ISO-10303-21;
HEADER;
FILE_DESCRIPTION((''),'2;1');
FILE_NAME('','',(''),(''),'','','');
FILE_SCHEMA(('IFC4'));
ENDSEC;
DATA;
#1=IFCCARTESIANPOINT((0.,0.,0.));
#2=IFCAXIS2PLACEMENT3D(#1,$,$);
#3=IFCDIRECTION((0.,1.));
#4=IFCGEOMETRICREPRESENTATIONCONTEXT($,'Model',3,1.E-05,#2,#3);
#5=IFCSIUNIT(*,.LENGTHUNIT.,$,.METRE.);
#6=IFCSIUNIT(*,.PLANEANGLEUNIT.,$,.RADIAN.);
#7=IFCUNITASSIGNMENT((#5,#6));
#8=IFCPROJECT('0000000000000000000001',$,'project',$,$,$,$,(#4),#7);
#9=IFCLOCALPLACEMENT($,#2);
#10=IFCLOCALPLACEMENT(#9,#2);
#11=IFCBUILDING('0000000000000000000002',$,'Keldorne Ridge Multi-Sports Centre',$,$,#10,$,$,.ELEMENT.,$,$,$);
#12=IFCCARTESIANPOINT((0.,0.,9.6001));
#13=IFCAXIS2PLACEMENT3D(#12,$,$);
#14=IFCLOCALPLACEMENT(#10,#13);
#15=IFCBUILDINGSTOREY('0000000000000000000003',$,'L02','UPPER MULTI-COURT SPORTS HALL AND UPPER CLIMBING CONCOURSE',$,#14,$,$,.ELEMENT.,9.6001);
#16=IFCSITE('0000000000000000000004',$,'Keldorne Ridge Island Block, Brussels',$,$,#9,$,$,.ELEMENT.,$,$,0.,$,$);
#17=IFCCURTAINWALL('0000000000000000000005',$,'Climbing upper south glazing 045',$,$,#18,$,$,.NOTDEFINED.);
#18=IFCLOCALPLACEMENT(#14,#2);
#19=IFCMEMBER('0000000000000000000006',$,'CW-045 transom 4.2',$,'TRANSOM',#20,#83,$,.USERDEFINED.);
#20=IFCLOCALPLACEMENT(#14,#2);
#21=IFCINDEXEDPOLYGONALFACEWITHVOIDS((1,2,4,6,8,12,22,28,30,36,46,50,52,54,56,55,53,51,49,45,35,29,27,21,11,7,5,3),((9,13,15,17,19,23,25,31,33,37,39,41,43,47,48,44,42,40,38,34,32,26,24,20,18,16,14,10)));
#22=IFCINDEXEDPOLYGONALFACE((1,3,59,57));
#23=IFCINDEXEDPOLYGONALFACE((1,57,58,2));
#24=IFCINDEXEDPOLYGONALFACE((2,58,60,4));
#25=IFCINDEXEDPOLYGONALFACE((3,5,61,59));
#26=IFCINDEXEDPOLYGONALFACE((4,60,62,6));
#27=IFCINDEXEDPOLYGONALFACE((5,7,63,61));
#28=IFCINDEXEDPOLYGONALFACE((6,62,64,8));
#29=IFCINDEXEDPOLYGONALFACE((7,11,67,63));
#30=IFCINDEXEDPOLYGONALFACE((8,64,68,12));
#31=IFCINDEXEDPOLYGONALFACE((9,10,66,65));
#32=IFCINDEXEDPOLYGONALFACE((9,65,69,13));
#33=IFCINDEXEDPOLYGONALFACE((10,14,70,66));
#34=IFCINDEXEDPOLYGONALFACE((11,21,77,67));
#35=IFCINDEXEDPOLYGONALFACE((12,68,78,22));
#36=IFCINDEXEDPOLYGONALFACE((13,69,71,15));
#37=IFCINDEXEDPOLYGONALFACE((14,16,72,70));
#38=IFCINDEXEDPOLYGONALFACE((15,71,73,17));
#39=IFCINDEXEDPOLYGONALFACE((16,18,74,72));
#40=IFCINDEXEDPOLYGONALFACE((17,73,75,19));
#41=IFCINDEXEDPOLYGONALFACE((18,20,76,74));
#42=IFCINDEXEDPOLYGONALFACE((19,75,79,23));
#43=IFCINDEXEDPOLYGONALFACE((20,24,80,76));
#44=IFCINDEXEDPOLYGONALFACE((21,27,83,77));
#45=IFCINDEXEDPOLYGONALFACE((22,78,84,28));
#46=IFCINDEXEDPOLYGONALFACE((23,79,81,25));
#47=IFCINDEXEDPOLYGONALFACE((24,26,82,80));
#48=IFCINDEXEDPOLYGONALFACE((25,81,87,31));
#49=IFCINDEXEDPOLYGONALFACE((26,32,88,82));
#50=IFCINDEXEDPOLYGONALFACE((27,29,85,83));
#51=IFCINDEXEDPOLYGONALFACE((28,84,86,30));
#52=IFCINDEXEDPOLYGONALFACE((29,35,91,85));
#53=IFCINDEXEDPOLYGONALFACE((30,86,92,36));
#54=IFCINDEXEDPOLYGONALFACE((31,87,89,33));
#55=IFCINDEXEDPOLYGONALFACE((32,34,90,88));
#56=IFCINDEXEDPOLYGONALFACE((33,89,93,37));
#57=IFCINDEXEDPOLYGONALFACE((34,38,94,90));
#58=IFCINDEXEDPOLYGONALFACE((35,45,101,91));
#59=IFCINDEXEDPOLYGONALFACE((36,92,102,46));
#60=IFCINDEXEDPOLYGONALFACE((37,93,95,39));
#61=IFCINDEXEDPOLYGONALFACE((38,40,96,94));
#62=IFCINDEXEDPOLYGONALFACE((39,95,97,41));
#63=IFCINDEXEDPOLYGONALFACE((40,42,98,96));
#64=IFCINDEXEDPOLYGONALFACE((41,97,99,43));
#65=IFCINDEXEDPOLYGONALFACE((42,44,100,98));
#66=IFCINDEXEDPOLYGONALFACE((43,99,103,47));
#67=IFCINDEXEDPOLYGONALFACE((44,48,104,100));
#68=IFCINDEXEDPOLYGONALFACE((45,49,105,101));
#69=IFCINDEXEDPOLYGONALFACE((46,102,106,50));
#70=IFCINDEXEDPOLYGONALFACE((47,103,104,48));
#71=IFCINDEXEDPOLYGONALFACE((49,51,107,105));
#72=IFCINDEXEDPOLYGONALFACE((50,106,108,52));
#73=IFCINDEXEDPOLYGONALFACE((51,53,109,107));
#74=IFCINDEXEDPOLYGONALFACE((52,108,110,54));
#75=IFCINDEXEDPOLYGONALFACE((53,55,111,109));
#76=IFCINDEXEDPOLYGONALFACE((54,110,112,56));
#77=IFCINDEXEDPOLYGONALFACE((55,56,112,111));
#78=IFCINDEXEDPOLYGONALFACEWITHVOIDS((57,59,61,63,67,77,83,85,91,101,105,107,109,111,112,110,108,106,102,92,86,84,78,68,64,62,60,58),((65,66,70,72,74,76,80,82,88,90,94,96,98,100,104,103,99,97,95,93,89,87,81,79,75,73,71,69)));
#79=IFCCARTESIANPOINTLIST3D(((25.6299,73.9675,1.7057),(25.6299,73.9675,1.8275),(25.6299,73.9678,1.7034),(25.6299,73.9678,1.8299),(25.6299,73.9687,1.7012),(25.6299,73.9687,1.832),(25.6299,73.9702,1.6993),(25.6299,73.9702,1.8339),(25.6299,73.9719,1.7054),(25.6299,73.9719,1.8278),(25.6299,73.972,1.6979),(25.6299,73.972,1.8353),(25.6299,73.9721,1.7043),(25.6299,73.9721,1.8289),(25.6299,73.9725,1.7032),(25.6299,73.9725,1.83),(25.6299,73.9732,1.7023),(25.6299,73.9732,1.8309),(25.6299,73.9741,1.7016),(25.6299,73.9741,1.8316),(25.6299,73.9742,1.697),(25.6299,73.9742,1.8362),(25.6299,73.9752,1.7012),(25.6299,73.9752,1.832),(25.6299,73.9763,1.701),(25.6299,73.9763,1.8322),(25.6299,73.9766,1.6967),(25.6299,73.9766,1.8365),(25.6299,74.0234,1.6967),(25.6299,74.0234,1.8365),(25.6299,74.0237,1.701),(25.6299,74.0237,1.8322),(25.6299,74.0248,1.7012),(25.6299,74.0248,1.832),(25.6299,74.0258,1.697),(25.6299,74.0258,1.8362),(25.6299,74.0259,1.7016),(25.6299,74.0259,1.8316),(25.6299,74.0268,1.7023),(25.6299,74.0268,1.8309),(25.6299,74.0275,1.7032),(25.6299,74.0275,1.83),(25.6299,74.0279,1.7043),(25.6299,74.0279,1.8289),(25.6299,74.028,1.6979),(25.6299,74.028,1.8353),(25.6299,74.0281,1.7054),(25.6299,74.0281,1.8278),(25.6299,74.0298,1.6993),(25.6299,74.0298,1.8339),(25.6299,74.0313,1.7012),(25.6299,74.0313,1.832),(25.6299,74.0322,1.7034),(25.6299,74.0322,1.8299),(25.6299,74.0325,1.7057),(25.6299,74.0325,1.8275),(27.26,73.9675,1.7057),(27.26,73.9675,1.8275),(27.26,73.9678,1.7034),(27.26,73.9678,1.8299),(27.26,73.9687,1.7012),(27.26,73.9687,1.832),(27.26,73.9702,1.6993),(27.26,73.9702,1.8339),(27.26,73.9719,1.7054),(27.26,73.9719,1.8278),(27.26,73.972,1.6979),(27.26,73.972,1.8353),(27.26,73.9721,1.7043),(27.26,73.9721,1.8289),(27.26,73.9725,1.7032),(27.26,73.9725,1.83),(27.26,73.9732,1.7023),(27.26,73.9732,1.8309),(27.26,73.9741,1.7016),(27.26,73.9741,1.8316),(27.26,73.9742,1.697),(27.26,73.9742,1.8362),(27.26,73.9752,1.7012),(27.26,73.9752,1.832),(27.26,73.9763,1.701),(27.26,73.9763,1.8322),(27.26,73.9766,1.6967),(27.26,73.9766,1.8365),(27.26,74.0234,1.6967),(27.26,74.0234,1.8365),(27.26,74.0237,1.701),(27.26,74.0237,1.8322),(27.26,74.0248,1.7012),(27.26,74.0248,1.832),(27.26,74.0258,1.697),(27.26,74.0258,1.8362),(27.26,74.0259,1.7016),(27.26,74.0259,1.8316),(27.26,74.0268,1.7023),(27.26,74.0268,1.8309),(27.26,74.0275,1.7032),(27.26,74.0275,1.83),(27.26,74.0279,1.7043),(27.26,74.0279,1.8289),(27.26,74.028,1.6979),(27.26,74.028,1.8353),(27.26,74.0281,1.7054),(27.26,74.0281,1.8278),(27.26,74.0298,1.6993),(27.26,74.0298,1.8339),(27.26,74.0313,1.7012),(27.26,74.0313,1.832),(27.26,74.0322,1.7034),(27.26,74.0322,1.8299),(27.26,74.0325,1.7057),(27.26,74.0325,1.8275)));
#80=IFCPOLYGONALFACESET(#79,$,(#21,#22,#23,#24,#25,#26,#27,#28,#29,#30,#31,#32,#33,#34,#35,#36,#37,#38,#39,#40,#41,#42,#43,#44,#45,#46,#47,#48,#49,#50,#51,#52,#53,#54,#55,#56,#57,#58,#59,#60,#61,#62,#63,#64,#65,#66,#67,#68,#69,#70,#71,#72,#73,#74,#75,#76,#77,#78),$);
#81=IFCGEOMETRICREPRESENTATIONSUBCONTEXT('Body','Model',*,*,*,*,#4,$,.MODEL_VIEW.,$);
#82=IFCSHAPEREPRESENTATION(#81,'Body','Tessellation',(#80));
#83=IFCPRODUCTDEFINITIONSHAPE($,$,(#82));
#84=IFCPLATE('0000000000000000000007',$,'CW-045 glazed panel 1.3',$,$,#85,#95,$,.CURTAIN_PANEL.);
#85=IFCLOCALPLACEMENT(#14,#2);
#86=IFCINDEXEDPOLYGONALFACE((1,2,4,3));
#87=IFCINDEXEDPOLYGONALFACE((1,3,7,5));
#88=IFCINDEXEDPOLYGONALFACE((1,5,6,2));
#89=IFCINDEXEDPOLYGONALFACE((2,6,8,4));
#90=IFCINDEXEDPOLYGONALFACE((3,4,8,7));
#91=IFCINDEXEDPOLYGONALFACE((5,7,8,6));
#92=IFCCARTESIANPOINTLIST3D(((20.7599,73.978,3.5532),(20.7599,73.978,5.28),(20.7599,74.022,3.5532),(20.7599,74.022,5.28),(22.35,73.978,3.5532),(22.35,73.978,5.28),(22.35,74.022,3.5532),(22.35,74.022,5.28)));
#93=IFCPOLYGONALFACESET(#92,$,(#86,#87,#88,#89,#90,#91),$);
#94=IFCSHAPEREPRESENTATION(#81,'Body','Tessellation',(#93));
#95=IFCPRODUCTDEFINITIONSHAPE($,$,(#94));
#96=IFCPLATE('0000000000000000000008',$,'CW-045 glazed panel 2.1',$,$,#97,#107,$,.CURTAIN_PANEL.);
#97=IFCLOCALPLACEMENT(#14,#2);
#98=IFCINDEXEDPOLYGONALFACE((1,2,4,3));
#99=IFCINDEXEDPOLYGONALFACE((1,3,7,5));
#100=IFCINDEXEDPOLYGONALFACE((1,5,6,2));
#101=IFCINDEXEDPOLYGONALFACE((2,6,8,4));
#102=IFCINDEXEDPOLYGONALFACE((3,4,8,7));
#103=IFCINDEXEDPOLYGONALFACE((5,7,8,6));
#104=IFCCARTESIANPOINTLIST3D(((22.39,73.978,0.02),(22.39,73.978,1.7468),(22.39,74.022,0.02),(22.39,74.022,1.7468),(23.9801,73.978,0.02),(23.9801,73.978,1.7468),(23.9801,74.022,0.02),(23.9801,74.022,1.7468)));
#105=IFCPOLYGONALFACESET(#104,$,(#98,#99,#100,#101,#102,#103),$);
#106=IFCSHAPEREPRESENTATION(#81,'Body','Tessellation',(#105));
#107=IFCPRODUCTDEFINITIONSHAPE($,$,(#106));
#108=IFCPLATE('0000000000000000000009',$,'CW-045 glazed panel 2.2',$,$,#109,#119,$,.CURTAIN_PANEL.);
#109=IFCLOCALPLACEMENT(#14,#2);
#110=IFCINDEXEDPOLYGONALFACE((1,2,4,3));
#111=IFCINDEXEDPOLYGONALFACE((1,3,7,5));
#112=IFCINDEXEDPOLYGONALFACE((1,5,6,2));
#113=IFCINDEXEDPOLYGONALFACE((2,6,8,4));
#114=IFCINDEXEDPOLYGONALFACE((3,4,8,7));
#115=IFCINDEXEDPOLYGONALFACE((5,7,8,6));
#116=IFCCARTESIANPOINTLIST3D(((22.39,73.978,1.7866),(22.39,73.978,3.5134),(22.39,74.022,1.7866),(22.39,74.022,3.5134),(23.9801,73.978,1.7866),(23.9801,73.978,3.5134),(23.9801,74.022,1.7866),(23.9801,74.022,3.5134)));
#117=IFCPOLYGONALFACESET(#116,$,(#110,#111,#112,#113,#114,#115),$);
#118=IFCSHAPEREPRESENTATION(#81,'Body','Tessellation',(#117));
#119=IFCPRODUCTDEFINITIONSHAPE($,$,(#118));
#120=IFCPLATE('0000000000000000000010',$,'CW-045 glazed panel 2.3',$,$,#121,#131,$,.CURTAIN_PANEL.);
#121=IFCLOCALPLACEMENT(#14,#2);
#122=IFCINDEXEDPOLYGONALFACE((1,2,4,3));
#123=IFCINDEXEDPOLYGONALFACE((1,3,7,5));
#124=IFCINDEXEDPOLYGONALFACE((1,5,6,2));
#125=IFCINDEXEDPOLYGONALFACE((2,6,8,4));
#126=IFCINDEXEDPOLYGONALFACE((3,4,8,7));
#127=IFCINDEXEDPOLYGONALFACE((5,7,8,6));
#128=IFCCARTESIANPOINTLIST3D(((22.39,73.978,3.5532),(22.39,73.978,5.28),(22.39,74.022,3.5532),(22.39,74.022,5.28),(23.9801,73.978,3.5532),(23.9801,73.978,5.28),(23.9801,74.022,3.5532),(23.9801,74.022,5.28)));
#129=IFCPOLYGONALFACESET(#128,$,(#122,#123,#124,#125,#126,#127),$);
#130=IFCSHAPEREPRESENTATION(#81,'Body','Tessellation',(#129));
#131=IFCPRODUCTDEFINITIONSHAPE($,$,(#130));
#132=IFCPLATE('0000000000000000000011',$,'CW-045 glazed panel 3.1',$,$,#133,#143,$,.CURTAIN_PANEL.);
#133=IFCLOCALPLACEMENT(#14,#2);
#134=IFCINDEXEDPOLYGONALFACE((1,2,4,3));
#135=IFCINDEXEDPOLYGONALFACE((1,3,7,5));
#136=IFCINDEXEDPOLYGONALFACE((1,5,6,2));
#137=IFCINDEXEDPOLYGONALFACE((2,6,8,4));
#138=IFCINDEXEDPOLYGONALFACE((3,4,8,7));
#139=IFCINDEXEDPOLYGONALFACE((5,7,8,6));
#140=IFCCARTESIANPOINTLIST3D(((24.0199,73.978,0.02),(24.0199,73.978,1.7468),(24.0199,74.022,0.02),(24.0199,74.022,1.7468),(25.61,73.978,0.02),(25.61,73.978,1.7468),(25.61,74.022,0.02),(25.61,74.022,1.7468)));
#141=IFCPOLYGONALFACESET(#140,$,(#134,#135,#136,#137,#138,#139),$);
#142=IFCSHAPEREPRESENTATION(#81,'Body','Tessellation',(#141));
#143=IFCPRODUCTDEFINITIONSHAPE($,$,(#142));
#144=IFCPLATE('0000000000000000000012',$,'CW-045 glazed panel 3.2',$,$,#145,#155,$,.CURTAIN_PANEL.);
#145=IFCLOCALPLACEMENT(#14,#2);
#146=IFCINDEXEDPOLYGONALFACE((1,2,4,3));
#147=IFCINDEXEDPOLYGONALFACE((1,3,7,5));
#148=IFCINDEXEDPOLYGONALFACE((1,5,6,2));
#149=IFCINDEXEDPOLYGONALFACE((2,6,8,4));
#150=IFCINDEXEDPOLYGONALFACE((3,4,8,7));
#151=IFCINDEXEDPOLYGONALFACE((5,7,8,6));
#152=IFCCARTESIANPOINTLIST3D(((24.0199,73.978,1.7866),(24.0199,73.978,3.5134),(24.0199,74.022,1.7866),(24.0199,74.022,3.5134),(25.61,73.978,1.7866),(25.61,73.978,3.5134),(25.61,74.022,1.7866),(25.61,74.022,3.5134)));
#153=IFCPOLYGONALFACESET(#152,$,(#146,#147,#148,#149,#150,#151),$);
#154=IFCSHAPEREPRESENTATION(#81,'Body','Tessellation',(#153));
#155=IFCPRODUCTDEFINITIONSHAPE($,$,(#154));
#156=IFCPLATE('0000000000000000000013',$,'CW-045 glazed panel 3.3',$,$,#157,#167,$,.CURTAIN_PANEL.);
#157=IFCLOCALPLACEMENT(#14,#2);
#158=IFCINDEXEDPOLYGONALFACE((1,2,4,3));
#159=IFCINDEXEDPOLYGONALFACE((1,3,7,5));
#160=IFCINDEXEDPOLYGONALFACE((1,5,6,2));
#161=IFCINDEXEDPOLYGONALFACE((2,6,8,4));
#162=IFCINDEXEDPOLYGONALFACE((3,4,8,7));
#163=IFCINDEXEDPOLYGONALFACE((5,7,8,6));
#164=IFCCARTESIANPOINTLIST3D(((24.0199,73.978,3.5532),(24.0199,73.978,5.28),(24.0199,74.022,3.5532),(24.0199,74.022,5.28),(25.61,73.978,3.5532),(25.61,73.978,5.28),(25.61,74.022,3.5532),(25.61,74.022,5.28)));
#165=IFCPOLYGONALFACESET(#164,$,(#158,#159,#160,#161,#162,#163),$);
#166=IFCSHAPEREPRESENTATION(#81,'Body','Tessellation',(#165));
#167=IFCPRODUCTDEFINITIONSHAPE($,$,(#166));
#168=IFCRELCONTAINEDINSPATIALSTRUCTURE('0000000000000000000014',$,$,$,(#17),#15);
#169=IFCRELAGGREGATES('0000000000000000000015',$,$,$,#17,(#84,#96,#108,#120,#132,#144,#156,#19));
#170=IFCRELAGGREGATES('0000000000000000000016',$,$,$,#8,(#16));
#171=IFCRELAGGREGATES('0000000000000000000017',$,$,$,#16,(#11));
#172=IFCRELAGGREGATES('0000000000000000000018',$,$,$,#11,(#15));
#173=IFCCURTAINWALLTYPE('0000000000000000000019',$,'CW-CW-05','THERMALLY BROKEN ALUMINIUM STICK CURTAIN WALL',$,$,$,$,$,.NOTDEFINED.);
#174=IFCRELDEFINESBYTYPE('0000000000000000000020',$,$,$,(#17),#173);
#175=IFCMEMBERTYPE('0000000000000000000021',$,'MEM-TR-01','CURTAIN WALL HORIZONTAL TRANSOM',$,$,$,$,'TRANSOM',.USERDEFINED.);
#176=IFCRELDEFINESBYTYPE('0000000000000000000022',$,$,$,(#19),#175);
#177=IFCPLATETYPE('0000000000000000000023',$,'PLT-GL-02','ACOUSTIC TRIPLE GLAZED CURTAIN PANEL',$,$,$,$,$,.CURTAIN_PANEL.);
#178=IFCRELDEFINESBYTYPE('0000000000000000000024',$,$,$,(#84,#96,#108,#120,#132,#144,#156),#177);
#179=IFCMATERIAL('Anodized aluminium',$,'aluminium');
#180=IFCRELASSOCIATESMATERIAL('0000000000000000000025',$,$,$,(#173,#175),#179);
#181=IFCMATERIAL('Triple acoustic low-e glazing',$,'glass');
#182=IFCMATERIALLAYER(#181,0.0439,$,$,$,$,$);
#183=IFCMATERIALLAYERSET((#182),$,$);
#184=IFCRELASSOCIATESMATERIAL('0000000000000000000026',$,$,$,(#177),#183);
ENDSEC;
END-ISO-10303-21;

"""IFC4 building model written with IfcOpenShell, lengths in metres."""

from ifc_helpers import new_model, si_unit, direction, frame, origin, origin_2d, place, context, subcontext, project, spatial, rectangle, hollow_rectangle, extrude, material, layer, layer_set, material_profile, profile_set, type_object, element, aggregate, save


model = new_model("IFC4")

# Units and contexts
model_context = context("Model", 3, precision=1e-05, world=origin(), true_north=direction((0.0, 1.0)))
body_context = subcontext(model_context, "Body", "Model", "MODEL_VIEW")
ifc_project = project(units=[si_unit("LENGTHUNIT", "METRE"), si_unit("PLANEANGLEUNIT", "RADIAN")], contexts=[model_context])

# Site, building, storey
site_placement = place(None, origin())
site = spatial("IfcSite", under=ifc_project, at=site_placement, Name="Keldorne Ridge Island Block, Brussels", CompositionType="ELEMENT", RefElevation=0.0)
building_placement = place(site_placement, origin())
building = spatial("IfcBuilding", under=site, at=building_placement, Name="Keldorne Ridge Multi-Sports Centre", CompositionType="ELEMENT")
storey_placement = place(building_placement, frame((0.0, 0.0, 9.6001)))
storey = spatial("IfcBuildingStorey", under=building, at=storey_placement, Name="L02", Description="UPPER MULTI-COURT SPORTS HALL AND UPPER CLIMBING CONCOURSE", CompositionType="ELEMENT", Elevation=9.6001)

# Curtain wall
ifc_material_1 = material(Name="Anodized aluminium", Category="aluminium")
curtain_wall_type = type_object("IfcCurtainWallType", Name="CW-CW-05", Description="THERMALLY BROKEN ALUMINIUM STICK CURTAIN WALL", PredefinedType="NOTDEFINED", material=ifc_material_1)
curtain_wall_placement = place(storey_placement, origin())
curtain_wall = element("IfcCurtainWall", 1, at=curtain_wall_placement, inside=storey, type_object=curtain_wall_type, Name="Climbing upper south glazing 045", PredefinedType="NOTDEFINED")

# Member
ifc_material_profile_1 = material_profile(ifc_material_1, hollow_rectangle(XDim=0.0649, YDim=0.1399, WallThickness=0.0044, InnerFilletRadius=0.0044, OuterFilletRadius=0.009, at=origin_2d()), Name="ALU TRANSOM 140x65x4.5")
ifc_profile_set_1 = profile_set([ifc_material_profile_1], Name="Anodized aluminium")
member_type_1 = type_object("IfcMemberType", Name="MEM-TR-01", Description="CURTAIN WALL HORIZONTAL TRANSOM", ElementType="TRANSOM", PredefinedType="USERDEFINED", material=ifc_profile_set_1)
member_1_placement = place(storey_placement, frame((25.6299, 74.0, 1.7666), z_axis=(1.0, 0.0, 0.0), x_axis=(0.0, 1.0, 0.0)))
member_1 = element("IfcMember", 2, at=member_1_placement, type_object=member_type_1, Name="CW-045 transom 4.2", ObjectType="TRANSOM", PredefinedType="USERDEFINED", context=body_context, shape_type="SweptSolid", body=[
    extrude(hollow_rectangle(XDim=0.0649, YDim=0.1399, WallThickness=0.0044, InnerFilletRadius=0.0044, OuterFilletRadius=0.009, at=origin_2d()), origin(), (0.0, 0.0, 1.0), 1.6301),
])

# Plates
ifc_material_2 = material(Name="Triple acoustic low-e glazing", Category="glass")
ifc_layer = layer(ifc_material_2, 0.0439)
ifc_layer_set = layer_set([ifc_layer])
plate_type = type_object("IfcPlateType", Name="PLT-GL-02", Description="ACOUSTIC TRIPLE GLAZED CURTAIN PANEL", PredefinedType="CURTAIN_PANEL", material=ifc_layer_set)
plate_1_placement = place(storey_placement, frame((21.5549, 74.0, 3.5532), z_axis=(0.0, 0.0, 1.0), x_axis=(1.0, 0.0, 0.0)))
plate_1 = element("IfcPlate", 3, at=plate_1_placement, type_object=plate_type, Name="CW-045 glazed panel 1.3", PredefinedType="CURTAIN_PANEL", context=body_context, shape_type="SweptSolid", body=[
    extrude(rectangle(XDim=1.5901, YDim=0.0439, at=origin_2d()), origin(), (0.0, 0.0, 1.0), 1.7268),
])
plate_2_placement = place(storey_placement, frame((23.1851, 74.0, 0.02), z_axis=(0.0, 0.0, 1.0), x_axis=(1.0, 0.0, 0.0)))
plate_2 = element("IfcPlate", 4, at=plate_2_placement, type_object=plate_type, Name="CW-045 glazed panel 2.1", PredefinedType="CURTAIN_PANEL", context=body_context, shape_type="SweptSolid", body=[
    extrude(rectangle(XDim=1.5901, YDim=0.0439, at=origin_2d()), origin(), (0.0, 0.0, 1.0), 1.7268),
])
plate_3_placement = place(storey_placement, frame((23.1851, 74.0, 1.7866), z_axis=(0.0, 0.0, 1.0), x_axis=(1.0, 0.0, 0.0)))
plate_3 = element("IfcPlate", 5, at=plate_3_placement, type_object=plate_type, Name="CW-045 glazed panel 2.2", PredefinedType="CURTAIN_PANEL", context=body_context, shape_type="SweptSolid", body=[
    extrude(rectangle(XDim=1.5901, YDim=0.0439, at=origin_2d()), origin(), (0.0, 0.0, 1.0), 1.7268),
])
plate_4_placement = place(storey_placement, frame((23.1851, 74.0, 3.5532), z_axis=(0.0, 0.0, 1.0), x_axis=(1.0, 0.0, 0.0)))
plate_4 = element("IfcPlate", 6, at=plate_4_placement, type_object=plate_type, Name="CW-045 glazed panel 2.3", PredefinedType="CURTAIN_PANEL", context=body_context, shape_type="SweptSolid", body=[
    extrude(rectangle(XDim=1.5901, YDim=0.0439, at=origin_2d()), origin(), (0.0, 0.0, 1.0), 1.7268),
])
plate_5_placement = place(storey_placement, frame((24.8149, 74.0, 0.02), z_axis=(0.0, 0.0, 1.0), x_axis=(1.0, 0.0, 0.0)))
plate_5 = element("IfcPlate", 7, at=plate_5_placement, type_object=plate_type, Name="CW-045 glazed panel 3.1", PredefinedType="CURTAIN_PANEL", context=body_context, shape_type="SweptSolid", body=[
    extrude(rectangle(XDim=1.5901, YDim=0.0439, at=origin_2d()), origin(), (0.0, 0.0, 1.0), 1.7268),
])
plate_6_placement = place(storey_placement, frame((24.8149, 74.0, 1.7866), z_axis=(0.0, 0.0, 1.0), x_axis=(1.0, 0.0, 0.0)))
plate_6 = element("IfcPlate", 8, at=plate_6_placement, type_object=plate_type, Name="CW-045 glazed panel 3.2", PredefinedType="CURTAIN_PANEL", context=body_context, shape_type="SweptSolid", body=[
    extrude(rectangle(XDim=1.5901, YDim=0.0439, at=origin_2d()), origin(), (0.0, 0.0, 1.0), 1.7268),
])
plate_7_placement = place(storey_placement, frame((24.8149, 74.0, 3.5532), z_axis=(0.0, 0.0, 1.0), x_axis=(1.0, 0.0, 0.0)))
plate_7 = element("IfcPlate", 9, at=plate_7_placement, type_object=plate_type, Name="CW-045 glazed panel 3.3", PredefinedType="CURTAIN_PANEL", context=body_context, shape_type="SweptSolid", body=[
    extrude(rectangle(XDim=1.5901, YDim=0.0439, at=origin_2d()), origin(), (0.0, 0.0, 1.0), 1.7268),
])
aggregate(curtain_wall, [plate_1, plate_2, plate_3, plate_4, plate_5, plate_6, plate_7, member_1])

save(model, "model.ifc")
